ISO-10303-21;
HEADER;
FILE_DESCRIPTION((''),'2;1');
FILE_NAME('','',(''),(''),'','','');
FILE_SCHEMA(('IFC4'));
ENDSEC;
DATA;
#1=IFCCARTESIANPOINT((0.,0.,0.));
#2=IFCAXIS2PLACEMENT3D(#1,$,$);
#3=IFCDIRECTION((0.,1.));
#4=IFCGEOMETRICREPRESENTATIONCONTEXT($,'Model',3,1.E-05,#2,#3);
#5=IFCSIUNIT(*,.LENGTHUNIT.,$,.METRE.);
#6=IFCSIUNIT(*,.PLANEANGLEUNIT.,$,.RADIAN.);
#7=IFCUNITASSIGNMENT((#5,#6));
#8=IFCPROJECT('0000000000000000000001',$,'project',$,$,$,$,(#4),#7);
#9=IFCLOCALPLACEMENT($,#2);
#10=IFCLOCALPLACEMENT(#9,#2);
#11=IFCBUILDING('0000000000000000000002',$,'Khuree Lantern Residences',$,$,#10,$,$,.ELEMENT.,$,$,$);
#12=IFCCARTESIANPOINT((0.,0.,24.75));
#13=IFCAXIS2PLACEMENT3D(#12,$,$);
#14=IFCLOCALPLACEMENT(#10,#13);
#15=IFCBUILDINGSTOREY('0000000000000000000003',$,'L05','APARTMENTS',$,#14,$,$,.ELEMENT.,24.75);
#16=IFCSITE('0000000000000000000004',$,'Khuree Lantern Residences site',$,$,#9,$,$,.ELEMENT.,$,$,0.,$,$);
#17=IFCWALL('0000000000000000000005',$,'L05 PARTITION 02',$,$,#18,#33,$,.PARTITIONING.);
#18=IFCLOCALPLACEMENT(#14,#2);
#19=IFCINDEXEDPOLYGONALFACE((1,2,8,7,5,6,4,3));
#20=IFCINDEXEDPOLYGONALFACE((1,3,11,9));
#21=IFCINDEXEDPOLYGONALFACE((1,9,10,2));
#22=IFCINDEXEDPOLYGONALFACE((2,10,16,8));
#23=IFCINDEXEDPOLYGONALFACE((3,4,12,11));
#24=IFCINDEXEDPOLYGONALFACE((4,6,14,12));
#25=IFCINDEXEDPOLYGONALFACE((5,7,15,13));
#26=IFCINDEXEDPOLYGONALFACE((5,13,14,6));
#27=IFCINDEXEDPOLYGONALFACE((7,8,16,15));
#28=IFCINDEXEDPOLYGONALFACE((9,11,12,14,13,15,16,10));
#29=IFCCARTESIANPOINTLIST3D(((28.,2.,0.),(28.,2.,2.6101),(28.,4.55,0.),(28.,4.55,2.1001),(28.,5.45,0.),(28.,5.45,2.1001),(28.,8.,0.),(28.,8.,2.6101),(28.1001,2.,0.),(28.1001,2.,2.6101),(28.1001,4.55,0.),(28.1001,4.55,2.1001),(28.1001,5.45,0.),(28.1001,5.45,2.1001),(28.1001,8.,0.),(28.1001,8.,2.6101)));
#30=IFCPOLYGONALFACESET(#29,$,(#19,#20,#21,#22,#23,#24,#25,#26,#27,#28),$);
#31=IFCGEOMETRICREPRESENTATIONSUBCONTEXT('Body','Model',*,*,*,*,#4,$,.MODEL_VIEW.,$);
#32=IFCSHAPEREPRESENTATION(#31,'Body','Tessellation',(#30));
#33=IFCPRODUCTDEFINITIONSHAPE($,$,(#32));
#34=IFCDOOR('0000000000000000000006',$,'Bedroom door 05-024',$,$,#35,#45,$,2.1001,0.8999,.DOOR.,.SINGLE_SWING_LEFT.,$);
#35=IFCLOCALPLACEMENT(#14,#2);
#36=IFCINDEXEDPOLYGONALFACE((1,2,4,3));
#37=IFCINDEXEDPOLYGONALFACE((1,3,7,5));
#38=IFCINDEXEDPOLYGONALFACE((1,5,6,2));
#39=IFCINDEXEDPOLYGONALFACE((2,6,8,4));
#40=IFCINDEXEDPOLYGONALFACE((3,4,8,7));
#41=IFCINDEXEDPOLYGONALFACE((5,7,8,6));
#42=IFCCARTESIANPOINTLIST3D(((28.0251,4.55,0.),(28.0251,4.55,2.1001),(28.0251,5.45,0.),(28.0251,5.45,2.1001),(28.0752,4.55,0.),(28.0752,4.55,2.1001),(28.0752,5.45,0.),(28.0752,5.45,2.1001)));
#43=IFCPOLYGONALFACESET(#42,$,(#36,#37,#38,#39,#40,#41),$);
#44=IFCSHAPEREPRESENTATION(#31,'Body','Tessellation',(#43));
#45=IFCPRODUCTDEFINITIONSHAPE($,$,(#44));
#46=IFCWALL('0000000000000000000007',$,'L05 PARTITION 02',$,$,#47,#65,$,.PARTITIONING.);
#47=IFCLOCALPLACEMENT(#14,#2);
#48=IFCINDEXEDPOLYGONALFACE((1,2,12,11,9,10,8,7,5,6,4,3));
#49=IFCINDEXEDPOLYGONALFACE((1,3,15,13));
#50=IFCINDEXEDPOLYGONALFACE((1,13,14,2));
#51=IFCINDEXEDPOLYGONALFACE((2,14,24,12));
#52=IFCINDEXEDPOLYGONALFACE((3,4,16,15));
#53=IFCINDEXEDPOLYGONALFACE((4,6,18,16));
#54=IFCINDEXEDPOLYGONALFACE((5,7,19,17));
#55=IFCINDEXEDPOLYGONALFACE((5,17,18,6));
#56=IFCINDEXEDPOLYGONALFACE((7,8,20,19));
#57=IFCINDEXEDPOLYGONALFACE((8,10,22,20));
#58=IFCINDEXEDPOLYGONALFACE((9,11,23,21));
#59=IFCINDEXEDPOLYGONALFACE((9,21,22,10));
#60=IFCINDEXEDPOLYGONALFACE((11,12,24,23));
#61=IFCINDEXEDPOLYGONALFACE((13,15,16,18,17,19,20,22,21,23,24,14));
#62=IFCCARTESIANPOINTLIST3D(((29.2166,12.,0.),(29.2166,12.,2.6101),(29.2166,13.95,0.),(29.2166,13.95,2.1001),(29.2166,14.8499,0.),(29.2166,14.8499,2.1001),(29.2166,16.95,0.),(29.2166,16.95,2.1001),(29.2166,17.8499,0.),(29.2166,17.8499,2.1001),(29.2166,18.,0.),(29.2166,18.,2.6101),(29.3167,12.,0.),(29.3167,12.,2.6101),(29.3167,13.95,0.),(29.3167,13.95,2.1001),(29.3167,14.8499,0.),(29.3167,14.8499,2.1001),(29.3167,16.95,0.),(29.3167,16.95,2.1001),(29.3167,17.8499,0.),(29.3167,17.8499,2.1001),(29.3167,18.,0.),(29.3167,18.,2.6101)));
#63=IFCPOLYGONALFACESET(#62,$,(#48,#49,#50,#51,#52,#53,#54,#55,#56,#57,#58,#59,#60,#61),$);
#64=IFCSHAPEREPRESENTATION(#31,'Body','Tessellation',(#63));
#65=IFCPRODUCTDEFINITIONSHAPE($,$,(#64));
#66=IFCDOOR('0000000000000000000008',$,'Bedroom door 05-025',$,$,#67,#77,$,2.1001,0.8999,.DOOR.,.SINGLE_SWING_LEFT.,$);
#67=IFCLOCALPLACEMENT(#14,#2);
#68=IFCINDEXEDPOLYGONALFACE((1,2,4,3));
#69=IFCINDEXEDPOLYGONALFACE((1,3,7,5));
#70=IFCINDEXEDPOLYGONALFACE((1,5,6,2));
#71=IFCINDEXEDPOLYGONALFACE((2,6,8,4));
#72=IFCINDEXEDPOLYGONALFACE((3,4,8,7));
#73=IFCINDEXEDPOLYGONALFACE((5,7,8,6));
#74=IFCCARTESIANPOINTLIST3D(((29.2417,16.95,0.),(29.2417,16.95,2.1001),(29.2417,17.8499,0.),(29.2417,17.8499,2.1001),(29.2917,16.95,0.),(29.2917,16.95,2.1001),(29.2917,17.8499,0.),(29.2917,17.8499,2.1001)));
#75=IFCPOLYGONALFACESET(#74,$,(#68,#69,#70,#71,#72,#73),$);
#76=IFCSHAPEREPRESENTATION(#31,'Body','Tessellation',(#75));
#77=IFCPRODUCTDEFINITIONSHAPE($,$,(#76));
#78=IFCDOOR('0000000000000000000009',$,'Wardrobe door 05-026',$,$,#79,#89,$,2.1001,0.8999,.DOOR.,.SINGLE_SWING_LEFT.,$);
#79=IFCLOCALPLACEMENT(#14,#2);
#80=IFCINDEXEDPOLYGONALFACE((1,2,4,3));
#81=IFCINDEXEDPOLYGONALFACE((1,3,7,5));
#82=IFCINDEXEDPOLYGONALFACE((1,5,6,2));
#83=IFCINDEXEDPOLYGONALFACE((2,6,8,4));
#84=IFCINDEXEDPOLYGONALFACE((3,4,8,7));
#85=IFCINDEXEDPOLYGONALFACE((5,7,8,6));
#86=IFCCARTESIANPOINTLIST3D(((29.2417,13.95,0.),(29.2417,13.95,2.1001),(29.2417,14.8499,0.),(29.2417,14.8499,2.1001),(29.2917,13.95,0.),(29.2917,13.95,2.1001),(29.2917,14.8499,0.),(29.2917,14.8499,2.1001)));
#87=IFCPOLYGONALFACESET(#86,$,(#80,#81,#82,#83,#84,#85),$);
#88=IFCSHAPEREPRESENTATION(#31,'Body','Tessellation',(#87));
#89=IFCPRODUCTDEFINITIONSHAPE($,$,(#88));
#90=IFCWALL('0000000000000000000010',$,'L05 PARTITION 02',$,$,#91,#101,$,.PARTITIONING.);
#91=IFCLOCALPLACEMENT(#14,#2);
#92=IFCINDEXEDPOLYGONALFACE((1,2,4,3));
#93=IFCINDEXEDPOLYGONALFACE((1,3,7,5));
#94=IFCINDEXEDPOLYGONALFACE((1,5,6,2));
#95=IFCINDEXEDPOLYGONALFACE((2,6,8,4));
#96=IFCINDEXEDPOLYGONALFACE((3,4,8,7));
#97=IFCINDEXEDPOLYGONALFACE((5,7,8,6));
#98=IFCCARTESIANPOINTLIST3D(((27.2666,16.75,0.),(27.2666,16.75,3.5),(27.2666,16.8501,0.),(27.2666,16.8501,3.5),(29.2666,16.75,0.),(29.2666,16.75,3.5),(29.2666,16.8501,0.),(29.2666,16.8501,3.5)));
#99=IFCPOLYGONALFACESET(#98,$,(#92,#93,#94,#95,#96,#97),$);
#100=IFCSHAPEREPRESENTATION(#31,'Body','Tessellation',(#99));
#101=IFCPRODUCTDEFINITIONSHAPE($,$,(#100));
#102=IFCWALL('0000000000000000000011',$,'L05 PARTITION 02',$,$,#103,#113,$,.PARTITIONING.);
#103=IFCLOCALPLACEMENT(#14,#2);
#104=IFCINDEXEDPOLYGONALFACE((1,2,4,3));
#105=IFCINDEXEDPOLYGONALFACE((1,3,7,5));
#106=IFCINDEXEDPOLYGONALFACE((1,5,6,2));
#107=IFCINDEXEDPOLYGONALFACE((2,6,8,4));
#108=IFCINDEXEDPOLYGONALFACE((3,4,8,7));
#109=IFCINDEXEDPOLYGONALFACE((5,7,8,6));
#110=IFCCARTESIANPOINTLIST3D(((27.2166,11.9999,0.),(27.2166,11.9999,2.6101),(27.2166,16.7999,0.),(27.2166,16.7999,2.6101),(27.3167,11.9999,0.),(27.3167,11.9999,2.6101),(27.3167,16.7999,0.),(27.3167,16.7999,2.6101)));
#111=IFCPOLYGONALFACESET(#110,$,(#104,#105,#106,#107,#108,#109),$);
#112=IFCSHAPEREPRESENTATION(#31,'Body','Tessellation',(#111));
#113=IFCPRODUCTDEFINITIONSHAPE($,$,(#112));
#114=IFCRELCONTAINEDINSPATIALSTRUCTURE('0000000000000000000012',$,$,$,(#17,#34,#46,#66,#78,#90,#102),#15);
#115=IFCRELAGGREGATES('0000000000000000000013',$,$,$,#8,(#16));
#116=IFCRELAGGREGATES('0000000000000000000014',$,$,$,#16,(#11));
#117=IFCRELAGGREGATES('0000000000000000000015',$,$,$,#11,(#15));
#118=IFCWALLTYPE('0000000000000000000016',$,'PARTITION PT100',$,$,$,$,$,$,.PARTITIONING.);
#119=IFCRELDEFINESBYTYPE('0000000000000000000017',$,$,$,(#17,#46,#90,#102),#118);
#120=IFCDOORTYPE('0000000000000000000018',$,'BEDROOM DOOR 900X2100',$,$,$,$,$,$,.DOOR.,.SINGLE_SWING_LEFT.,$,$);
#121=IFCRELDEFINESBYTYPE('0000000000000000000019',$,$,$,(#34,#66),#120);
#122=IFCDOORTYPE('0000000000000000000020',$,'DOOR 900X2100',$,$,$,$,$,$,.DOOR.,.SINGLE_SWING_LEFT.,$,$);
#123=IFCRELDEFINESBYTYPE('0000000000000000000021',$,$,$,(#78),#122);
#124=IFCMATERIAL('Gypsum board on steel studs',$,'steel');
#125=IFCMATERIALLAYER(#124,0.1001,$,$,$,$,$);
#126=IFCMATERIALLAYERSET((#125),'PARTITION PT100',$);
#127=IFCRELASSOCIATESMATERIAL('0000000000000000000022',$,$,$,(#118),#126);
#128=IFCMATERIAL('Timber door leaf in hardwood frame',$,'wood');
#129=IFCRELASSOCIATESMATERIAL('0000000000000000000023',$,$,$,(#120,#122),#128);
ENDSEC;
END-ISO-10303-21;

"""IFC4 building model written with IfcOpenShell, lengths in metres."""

from ifc_helpers import new_model, si_unit, direction, frame, frame_2d, origin, place, context, subcontext, project, spatial, rectangle, extrude, material, layer, layer_set, type_object, element, fill, save


model = new_model("IFC4")

# Units and contexts
model_context = context("Model", 3, precision=1e-05, world=origin(), true_north=direction((0.0, 1.0)))
body_context = subcontext(model_context, "Body", "Model", "MODEL_VIEW")
ifc_project = project(units=[si_unit("LENGTHUNIT", "METRE"), si_unit("PLANEANGLEUNIT", "RADIAN")], contexts=[model_context])

# Site, building, storey
site_placement = place(None, origin())
site = spatial("IfcSite", under=ifc_project, at=site_placement, Name="Khuree Lantern Residences site", CompositionType="ELEMENT", RefElevation=0.0)
building_placement = place(site_placement, origin())
building = spatial("IfcBuilding", under=site, at=building_placement, Name="Khuree Lantern Residences", CompositionType="ELEMENT")
storey_placement = place(building_placement, frame((0.0, 0.0, 24.75)))
storey = spatial("IfcBuildingStorey", under=building, at=storey_placement, Name="L05", Description="APARTMENTS", CompositionType="ELEMENT", Elevation=24.75)

# Shared definitions
ifc_material_1 = material(Name="Timber door leaf in hardwood frame", Category="wood")

# Shared definitions
ifc_material_2 = material(Name="Gypsum board on steel studs", Category="steel")
ifc_layer_1 = layer(ifc_material_2, 0.1001)
ifc_layer_set_1 = layer_set([ifc_layer_1], Name="PARTITION PT100")
wall_type_1 = type_object("IfcWallType", Name="PARTITION PT100", PredefinedType="PARTITIONING", material=ifc_layer_set_1)

# Wall, opening, door
wall_1_placement = place(storey_placement, frame((28.05, 2.0, 0.0), z_axis=(0.0, 0.0, 1.0), x_axis=(0.0, 1.0, 0.0)))
wall_1 = element("IfcWall", 1, at=wall_1_placement, inside=storey, type_object=wall_type_1, Name="L05 PARTITION 02", PredefinedType="PARTITIONING", context=body_context, shape_type="SweptSolid", body=[
    extrude(rectangle(XDim=6.0, YDim=0.1001, at=frame_2d((3.0, 0.0))), origin(), (0.0, 0.0, 1.0), 2.6101),
])
opening_1_placement = place(wall_1_placement, frame((2.55, 0.0, 0.0)))
opening_1 = element("IfcOpeningElement", 2, at=opening_1_placement, cuts=wall_1, PredefinedType="OPENING", context=body_context, shape_type="SweptSolid", body=[
    extrude(rectangle(XDim=0.8999, YDim=2.1001, at=frame_2d((0.45, 1.05))), frame((0.0, 0.0601, 0.0), z_axis=(0.0, -1.0, 0.0), x_axis=(1.0, 0.0, 0.0)), (0.0, 0.0, 1.0), 0.1201),
])
door_type_1 = type_object("IfcDoorType", Name="BEDROOM DOOR 900X2100", OperationType="SINGLE_SWING_LEFT", PredefinedType="DOOR", material=ifc_material_1)
door_1_placement = place(opening_1_placement, origin())
door_1 = element("IfcDoor", 3, at=door_1_placement, inside=storey, type_object=door_type_1, Name="Bedroom door 05-024", OperationType="SINGLE_SWING_LEFT", OverallHeight=2.1001, OverallWidth=0.8999, PredefinedType="DOOR", context=body_context, shape_type="SweptSolid", body=[
    extrude(rectangle(XDim=0.8999, YDim=2.1001, at=frame_2d((0.45, 1.05))), frame((0.0, 0.0249, 0.0), z_axis=(0.0, -1.0, 0.0), x_axis=(1.0, 0.0, 0.0)), (0.0, 0.0, 1.0), 0.05),
])
fill(opening_1, door_1)

# Wall, openings, doors
wall_2_placement = place(storey_placement, frame((29.2666, 12.0, 0.0), z_axis=(0.0, 0.0, 1.0), x_axis=(0.0, 1.0, 0.0)))
wall_2 = element("IfcWall", 4, at=wall_2_placement, inside=storey, type_object=wall_type_1, Name="L05 PARTITION 02", PredefinedType="PARTITIONING", context=body_context, shape_type="SweptSolid", body=[
    extrude(rectangle(XDim=6.0, YDim=0.1001, at=frame_2d((3.0, 0.0))), origin(), (0.0, 0.0, 1.0), 2.6101),
])
opening_2_placement = place(wall_2_placement, frame((4.95, 0.0, 0.0)))
opening_2 = element("IfcOpeningElement", 5, at=opening_2_placement, cuts=wall_2, PredefinedType="OPENING", context=body_context, shape_type="SweptSolid", body=[
    extrude(rectangle(XDim=0.8999, YDim=2.1001, at=frame_2d((0.45, 1.05))), frame((0.0, 0.0601, 0.0), z_axis=(0.0, -1.0, 0.0), x_axis=(1.0, 0.0, 0.0)), (0.0, 0.0, 1.0), 0.1201),
])
opening_3_placement = place(wall_2_placement, frame((1.95, 0.0, 0.0)))
opening_3 = element("IfcOpeningElement", 6, at=opening_3_placement, cuts=wall_2, PredefinedType="OPENING", context=body_context, shape_type="SweptSolid", body=[
    extrude(rectangle(XDim=0.8999, YDim=2.1001, at=frame_2d((0.45, 1.05))), frame((0.0, 0.0601, 0.0), z_axis=(0.0, -1.0, 0.0), x_axis=(1.0, 0.0, 0.0)), (0.0, 0.0, 1.0), 0.1201),
])
door_2_placement = place(opening_2_placement, origin())
door_2 = element("IfcDoor", 7, at=door_2_placement, inside=storey, type_object=door_type_1, Name="Bedroom door 05-025", OperationType="SINGLE_SWING_LEFT", OverallHeight=2.1001, OverallWidth=0.8999, PredefinedType="DOOR", context=body_context, shape_type="SweptSolid", body=[
    extrude(rectangle(XDim=0.8999, YDim=2.1001, at=frame_2d((0.45, 1.05))), frame((0.0, 0.0249, 0.0), z_axis=(0.0, -1.0, 0.0), x_axis=(1.0, 0.0, 0.0)), (0.0, 0.0, 1.0), 0.05),
])
fill(opening_2, door_2)
door_type_2 = type_object("IfcDoorType", Name="DOOR 900X2100", OperationType="SINGLE_SWING_LEFT", PredefinedType="DOOR", material=ifc_material_1)
door_3_placement = place(opening_3_placement, origin())
door_3 = element("IfcDoor", 8, at=door_3_placement, inside=storey, type_object=door_type_2, Name="Wardrobe door 05-026", OperationType="SINGLE_SWING_LEFT", OverallHeight=2.1001, OverallWidth=0.8999, PredefinedType="DOOR", context=body_context, shape_type="SweptSolid", body=[
    extrude(rectangle(XDim=0.8999, YDim=2.1001, at=frame_2d((0.45, 1.05))), frame((0.0, 0.0249, 0.0), z_axis=(0.0, -1.0, 0.0), x_axis=(1.0, 0.0, 0.0)), (0.0, 0.0, 1.0), 0.05),
])
fill(opening_3, door_3)

# Walls
wall_3_placement = place(storey_placement, frame((27.2666, 16.8, 0.0), z_axis=(0.0, 0.0, 1.0), x_axis=(1.0, 0.0, 0.0)))
element("IfcWall", 9, at=wall_3_placement, inside=storey, type_object=wall_type_1, Name="L05 PARTITION 02", PredefinedType="PARTITIONING", context=body_context, shape_type="SweptSolid", body=[
    extrude(rectangle(XDim=2.0, YDim=0.1001, at=frame_2d((1.0, 0.0))), origin(), (0.0, 0.0, 1.0), 3.5),
])
wall_4_placement = place(storey_placement, frame((27.2666, 12.0, 0.0), z_axis=(0.0, 0.0, 1.0), x_axis=(0.0, 1.0, 0.0)))
element("IfcWall", 10, at=wall_4_placement, inside=storey, type_object=wall_type_1, Name="L05 PARTITION 02", PredefinedType="PARTITIONING", context=body_context, shape_type="SweptSolid", body=[
    extrude(rectangle(XDim=4.8, YDim=0.1001, at=frame_2d((2.3999, 0.0))), origin(), (0.0, 0.0, 1.0), 2.6101),
])

save(model, "model.ifc")
